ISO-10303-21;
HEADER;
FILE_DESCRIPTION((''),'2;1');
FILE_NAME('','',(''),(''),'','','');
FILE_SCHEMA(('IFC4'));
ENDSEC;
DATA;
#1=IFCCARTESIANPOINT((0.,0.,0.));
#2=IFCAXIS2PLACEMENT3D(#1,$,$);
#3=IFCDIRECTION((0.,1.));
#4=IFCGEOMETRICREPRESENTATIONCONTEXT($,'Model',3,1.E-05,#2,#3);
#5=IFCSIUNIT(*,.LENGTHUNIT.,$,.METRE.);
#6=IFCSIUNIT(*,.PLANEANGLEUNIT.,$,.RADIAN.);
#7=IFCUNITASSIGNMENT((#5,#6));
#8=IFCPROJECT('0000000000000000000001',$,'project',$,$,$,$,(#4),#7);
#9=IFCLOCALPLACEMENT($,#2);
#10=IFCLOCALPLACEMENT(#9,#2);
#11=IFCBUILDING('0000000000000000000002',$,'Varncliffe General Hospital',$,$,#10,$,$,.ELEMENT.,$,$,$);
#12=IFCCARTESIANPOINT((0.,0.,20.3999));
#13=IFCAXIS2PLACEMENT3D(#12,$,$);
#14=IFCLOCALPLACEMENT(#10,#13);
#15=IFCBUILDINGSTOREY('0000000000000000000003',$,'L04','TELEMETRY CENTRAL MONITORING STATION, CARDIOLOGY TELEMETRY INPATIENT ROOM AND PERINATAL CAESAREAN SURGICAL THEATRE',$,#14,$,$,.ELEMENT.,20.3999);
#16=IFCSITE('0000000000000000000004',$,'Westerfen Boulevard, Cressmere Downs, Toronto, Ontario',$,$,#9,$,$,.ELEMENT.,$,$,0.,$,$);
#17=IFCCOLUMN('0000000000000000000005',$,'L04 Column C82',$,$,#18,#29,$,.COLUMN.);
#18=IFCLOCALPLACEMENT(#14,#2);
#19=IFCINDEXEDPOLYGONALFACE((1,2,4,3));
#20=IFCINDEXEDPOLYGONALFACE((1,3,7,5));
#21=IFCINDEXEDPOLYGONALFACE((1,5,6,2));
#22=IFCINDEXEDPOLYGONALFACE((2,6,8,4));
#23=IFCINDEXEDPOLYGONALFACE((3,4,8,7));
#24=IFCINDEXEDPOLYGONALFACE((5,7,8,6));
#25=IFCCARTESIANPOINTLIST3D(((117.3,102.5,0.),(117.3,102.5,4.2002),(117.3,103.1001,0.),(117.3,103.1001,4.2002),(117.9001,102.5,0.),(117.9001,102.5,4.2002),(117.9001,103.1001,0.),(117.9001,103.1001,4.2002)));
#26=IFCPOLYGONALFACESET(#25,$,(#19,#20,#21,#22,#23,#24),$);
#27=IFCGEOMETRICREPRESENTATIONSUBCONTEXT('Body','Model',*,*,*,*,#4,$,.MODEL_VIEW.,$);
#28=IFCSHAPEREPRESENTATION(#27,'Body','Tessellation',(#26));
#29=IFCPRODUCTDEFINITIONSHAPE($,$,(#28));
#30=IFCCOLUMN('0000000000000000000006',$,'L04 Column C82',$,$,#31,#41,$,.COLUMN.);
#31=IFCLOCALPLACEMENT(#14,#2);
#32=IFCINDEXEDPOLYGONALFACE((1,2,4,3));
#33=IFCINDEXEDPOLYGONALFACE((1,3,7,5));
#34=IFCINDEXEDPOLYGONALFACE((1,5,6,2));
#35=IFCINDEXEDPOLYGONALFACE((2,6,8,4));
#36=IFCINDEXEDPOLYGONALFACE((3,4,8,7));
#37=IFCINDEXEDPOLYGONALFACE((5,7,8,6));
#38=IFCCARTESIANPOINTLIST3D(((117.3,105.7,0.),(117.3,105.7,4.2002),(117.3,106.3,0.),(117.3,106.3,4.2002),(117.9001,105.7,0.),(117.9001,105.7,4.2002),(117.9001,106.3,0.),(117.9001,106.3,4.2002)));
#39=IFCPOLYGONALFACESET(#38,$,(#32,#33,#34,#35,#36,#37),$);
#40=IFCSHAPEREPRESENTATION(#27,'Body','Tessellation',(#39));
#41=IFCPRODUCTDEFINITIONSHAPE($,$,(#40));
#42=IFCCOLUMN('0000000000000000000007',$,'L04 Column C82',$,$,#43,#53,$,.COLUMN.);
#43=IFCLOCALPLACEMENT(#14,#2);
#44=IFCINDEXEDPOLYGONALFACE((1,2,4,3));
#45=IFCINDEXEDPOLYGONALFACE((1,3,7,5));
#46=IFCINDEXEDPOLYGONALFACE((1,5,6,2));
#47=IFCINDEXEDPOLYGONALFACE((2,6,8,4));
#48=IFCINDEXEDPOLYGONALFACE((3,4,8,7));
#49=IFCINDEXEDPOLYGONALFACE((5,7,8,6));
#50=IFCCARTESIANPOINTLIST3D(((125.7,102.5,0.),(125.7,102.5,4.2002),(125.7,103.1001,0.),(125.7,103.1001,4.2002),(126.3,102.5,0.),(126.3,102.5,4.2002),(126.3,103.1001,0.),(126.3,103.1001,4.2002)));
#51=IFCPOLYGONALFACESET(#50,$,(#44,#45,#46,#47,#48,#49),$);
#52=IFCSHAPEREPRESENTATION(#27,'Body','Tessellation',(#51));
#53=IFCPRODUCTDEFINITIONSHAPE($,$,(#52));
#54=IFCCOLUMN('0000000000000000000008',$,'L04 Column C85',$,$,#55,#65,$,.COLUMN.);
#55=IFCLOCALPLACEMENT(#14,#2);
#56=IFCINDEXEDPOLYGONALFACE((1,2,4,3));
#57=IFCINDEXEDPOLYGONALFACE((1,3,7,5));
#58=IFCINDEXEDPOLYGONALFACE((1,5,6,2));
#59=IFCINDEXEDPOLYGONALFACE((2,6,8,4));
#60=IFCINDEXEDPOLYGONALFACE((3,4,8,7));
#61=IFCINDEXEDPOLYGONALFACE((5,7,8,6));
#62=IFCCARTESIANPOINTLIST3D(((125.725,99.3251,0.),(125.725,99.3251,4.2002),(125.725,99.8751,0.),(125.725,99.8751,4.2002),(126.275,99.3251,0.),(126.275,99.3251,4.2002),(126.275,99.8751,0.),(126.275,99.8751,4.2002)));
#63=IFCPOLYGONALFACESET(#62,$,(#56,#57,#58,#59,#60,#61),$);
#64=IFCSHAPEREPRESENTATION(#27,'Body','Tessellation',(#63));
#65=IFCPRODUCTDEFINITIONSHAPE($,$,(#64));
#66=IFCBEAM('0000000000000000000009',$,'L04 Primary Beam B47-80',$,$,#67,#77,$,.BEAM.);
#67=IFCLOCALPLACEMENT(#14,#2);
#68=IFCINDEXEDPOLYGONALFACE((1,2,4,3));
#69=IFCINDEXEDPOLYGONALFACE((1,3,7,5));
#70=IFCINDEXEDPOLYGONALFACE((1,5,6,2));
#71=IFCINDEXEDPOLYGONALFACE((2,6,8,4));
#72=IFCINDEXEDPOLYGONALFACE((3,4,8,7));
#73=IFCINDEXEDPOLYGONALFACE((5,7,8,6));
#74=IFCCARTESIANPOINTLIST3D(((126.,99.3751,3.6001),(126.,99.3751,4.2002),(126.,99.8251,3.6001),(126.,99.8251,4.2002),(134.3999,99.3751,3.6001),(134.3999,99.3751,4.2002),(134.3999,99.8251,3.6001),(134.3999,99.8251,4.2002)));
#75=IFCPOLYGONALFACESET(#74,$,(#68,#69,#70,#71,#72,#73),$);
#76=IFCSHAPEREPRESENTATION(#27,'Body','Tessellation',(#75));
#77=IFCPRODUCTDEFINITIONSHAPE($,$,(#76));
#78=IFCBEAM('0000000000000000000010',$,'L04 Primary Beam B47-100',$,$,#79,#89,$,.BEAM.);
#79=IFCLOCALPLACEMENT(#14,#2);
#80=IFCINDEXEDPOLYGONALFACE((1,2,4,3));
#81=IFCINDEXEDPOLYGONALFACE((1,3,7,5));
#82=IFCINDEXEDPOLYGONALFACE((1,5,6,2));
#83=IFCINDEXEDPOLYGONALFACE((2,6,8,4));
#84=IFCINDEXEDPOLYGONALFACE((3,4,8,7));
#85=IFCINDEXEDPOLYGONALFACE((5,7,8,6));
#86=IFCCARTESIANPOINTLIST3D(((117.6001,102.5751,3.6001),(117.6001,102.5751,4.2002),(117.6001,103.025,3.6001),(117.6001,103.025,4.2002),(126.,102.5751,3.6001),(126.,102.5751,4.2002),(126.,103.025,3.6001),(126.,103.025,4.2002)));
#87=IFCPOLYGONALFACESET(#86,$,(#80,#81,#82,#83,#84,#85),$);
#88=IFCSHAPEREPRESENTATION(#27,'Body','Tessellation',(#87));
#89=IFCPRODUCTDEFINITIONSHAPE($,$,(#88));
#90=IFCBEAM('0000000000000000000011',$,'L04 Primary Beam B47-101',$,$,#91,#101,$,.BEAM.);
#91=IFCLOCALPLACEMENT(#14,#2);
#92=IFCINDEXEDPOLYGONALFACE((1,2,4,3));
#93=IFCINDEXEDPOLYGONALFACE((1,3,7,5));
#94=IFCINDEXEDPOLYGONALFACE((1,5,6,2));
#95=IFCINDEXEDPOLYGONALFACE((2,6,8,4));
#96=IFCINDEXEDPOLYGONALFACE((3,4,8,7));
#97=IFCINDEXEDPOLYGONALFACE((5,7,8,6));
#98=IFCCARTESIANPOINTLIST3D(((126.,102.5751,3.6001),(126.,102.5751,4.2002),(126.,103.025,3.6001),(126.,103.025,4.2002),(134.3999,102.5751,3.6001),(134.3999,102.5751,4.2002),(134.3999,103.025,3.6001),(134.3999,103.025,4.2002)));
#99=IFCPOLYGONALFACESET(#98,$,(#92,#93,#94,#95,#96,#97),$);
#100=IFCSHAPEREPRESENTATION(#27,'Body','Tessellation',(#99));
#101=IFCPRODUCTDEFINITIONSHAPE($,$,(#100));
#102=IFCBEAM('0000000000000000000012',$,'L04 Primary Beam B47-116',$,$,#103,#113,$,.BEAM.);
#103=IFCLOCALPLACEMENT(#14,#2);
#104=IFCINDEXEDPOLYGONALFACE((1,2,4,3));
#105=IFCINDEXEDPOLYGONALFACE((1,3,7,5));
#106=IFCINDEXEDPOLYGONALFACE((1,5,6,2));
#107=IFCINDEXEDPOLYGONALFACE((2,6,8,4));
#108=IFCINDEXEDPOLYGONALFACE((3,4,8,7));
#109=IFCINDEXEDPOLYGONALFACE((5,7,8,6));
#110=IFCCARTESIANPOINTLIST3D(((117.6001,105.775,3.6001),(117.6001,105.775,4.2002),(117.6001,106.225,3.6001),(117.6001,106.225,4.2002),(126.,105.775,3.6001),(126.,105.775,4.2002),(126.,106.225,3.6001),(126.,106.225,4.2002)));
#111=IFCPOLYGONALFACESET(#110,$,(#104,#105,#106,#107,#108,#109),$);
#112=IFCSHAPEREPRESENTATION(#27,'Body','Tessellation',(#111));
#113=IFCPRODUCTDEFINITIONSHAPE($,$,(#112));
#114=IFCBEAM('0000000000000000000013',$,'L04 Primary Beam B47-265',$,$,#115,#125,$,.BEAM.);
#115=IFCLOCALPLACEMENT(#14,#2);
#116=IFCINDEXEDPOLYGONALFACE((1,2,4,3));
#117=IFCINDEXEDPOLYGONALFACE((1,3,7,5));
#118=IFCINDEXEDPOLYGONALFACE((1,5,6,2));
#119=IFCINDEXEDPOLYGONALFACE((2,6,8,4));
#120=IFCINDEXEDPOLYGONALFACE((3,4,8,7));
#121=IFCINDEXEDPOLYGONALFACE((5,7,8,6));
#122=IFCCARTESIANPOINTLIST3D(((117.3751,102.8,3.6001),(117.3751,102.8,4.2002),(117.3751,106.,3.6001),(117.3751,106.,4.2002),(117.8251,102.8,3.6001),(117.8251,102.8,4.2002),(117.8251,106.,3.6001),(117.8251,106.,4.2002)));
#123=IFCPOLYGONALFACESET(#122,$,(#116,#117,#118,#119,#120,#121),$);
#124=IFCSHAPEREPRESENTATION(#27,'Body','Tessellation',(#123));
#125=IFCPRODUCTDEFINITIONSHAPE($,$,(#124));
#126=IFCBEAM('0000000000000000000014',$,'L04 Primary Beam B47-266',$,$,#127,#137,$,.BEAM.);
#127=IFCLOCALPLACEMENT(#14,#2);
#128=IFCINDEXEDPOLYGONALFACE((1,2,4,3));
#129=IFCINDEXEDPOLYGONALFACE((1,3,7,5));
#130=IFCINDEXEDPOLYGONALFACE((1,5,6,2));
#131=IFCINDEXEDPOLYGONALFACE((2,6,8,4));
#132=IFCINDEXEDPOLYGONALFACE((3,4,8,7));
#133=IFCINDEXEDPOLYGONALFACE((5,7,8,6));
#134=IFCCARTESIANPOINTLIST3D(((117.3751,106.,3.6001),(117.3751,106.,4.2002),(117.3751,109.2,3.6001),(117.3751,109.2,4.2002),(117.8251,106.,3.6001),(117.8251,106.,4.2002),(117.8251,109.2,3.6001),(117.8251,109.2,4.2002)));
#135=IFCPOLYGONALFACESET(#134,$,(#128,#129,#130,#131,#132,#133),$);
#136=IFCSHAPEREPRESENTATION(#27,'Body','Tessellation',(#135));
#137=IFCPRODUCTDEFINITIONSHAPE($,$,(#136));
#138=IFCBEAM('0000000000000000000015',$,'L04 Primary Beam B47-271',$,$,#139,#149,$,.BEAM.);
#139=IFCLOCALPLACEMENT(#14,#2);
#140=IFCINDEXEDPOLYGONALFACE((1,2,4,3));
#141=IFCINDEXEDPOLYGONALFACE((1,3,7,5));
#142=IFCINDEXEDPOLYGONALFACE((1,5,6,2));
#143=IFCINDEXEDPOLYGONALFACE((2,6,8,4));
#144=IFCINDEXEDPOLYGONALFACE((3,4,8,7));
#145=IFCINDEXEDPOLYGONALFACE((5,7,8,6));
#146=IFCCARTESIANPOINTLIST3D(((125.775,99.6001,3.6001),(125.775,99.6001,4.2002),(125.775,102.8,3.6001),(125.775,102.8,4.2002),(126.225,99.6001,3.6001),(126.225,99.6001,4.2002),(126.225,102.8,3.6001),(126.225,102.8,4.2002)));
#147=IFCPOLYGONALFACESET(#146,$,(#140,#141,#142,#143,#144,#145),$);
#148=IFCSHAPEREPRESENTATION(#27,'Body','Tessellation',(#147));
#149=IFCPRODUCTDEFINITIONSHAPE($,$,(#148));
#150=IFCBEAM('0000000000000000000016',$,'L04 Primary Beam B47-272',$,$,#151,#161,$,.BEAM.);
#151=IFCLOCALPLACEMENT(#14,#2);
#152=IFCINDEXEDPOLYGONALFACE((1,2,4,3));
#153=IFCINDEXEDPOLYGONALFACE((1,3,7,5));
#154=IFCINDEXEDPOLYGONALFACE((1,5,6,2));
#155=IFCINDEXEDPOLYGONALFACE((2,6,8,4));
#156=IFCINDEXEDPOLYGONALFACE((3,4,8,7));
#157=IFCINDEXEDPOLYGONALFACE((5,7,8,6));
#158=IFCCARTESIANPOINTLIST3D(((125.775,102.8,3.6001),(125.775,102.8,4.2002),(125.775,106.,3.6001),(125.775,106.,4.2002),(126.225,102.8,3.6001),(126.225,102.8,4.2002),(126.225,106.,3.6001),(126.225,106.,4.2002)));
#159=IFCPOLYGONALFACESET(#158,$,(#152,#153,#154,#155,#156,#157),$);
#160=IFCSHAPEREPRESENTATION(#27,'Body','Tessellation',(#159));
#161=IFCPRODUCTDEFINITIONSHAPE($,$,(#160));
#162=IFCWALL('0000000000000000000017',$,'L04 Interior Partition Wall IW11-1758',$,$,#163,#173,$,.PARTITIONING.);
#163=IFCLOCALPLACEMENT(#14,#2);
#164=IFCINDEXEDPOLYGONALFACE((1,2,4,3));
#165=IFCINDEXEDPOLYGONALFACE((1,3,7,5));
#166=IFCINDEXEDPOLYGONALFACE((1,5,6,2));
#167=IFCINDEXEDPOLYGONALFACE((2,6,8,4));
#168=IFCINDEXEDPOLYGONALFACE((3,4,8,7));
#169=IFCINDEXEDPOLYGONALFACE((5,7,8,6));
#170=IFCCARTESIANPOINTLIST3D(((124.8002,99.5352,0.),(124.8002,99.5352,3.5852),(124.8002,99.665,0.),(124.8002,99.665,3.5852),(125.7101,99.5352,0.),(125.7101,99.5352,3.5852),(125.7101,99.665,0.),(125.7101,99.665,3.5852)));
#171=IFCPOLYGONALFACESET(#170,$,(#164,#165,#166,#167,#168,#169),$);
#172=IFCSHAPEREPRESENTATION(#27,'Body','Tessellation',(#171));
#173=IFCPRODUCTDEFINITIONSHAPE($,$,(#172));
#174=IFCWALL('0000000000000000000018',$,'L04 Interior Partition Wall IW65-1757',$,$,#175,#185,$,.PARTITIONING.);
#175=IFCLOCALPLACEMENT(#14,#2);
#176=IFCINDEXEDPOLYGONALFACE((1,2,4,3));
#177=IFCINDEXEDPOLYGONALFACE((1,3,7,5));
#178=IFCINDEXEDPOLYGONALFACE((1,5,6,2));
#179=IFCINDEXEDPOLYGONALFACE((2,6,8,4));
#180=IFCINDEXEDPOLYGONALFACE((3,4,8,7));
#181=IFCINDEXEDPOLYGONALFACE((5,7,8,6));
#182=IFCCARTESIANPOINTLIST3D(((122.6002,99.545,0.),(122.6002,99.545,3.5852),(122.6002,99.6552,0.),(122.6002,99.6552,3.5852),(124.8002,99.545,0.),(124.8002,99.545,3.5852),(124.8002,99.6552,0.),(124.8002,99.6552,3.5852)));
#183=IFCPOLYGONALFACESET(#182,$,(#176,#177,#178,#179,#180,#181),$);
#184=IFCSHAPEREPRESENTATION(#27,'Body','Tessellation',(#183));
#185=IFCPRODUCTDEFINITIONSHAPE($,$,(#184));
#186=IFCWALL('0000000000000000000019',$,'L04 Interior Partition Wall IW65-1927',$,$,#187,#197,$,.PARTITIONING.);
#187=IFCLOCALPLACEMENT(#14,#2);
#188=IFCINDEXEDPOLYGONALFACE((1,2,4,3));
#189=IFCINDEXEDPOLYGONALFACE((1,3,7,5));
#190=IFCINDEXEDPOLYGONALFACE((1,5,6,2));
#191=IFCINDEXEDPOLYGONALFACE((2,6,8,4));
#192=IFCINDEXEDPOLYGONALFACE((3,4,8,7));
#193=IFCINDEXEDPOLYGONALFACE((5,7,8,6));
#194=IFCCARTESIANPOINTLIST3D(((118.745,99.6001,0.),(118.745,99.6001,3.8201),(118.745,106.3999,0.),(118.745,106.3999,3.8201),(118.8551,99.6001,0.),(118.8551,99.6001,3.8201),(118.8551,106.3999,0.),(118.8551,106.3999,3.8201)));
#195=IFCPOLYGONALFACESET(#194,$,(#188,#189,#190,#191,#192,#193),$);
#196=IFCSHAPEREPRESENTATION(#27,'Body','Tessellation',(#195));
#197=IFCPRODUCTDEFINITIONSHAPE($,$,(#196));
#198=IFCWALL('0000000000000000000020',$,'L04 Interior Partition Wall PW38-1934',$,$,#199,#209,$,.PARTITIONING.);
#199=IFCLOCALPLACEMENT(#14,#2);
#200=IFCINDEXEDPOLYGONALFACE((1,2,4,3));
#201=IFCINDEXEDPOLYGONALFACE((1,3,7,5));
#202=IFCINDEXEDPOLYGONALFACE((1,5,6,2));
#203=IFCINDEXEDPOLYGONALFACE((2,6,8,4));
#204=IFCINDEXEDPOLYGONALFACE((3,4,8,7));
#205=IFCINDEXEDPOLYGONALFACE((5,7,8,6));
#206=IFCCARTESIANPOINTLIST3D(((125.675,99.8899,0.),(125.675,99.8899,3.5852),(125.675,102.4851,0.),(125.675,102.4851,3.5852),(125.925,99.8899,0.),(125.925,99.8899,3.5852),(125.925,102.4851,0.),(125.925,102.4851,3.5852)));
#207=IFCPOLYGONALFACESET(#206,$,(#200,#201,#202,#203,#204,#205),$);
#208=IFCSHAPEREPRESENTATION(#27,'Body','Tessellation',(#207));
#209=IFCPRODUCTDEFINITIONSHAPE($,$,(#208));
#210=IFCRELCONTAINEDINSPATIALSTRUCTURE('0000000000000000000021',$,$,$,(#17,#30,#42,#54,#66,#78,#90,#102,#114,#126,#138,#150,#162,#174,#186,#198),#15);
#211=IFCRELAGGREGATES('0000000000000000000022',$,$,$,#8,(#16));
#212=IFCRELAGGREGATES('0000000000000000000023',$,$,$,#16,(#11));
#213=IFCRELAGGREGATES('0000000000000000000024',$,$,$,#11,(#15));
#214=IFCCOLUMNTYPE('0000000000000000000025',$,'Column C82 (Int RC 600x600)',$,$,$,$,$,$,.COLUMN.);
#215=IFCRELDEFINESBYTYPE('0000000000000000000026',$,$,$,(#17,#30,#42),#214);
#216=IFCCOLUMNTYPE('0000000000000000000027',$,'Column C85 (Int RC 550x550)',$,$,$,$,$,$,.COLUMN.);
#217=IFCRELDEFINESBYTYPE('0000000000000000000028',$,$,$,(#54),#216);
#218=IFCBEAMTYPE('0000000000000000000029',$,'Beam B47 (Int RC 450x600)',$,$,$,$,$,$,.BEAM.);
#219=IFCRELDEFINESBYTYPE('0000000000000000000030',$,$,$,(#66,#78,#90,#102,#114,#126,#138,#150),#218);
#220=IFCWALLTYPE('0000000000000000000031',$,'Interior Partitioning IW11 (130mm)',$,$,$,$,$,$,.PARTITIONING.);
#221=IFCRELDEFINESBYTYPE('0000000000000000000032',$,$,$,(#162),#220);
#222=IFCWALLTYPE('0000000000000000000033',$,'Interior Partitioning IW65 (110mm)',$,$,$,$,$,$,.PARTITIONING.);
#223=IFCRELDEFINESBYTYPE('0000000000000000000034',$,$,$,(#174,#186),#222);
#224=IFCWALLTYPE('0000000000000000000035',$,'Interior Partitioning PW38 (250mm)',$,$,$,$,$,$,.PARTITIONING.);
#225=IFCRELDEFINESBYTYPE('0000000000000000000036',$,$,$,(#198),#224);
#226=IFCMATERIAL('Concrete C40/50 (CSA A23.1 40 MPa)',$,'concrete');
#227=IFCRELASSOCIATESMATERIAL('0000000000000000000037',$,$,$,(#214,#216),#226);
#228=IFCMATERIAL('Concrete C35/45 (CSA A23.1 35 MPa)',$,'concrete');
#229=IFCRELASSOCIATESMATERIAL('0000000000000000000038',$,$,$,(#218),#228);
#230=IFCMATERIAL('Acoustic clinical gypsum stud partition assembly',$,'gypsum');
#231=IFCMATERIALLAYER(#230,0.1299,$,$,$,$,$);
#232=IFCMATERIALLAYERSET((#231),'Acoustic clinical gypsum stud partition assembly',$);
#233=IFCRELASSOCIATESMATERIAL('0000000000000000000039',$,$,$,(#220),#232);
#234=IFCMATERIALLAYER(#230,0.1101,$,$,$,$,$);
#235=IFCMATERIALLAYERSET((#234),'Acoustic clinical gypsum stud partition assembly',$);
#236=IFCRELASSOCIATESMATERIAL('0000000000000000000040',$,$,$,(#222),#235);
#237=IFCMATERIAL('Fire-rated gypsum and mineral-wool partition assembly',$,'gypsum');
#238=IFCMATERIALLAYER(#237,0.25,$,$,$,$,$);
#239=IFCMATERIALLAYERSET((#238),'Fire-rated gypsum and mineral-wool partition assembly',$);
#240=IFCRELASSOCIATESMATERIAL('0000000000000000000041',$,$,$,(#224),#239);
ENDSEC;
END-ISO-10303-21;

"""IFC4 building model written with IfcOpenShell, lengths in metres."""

from ifc_helpers import new_model, si_unit, direction, frame, frame_2d, origin, origin_2d, place, context, subcontext, project, spatial, rectangle, extrude, material, layer, layer_set, material_profile, profile_set, type_object, element, save


model = new_model("IFC4")

# Units and contexts
model_context = context("Model", 3, precision=1e-05, world=origin(), true_north=direction((0.0, 1.0)))
body_context = subcontext(model_context, "Body", "Model", "MODEL_VIEW")
ifc_project = project(units=[si_unit("LENGTHUNIT", "METRE"), si_unit("PLANEANGLEUNIT", "RADIAN")], contexts=[model_context])

# Site, building, storey
site_placement = place(None, origin())
site = spatial("IfcSite", under=ifc_project, at=site_placement, Name="Westerfen Boulevard, Cressmere Downs, Toronto, Ontario", CompositionType="ELEMENT", RefElevation=0.0)
building_placement = place(site_placement, origin())
building = spatial("IfcBuilding", under=site, at=building_placement, Name="Varncliffe General Hospital", CompositionType="ELEMENT")
storey_placement = place(building_placement, frame((0.0, 0.0, 20.3999)))
storey = spatial("IfcBuildingStorey", under=building, at=storey_placement, Name="L04", Description="TELEMETRY CENTRAL MONITORING STATION, CARDIOLOGY TELEMETRY INPATIENT ROOM AND PERINATAL CAESAREAN SURGICAL THEATRE", CompositionType="ELEMENT", Elevation=20.3999)

# Columns
ifc_material_1 = material(Name="Concrete C40/50 (CSA A23.1 40 MPa)", Category="concrete")
ifc_material_profile_1 = material_profile(ifc_material_1, rectangle(XDim=0.6001, YDim=0.6001, at=origin_2d()), Name="RC 600x600")
ifc_profile_set_1 = profile_set([ifc_material_profile_1], Name="Concrete C40/50 (CSA A23.1 40 MPa)")
column_type_1 = type_object("IfcColumnType", Name="Column C82 (Int RC 600x600)", PredefinedType="COLUMN", material=ifc_profile_set_1)
for number, where, z_axis, x_axis, name in (
    (1, (117.6001, 102.8, 0.0), (0.0, 0.0, 1.0), (1.0, 0.0, 0.0), "L04 Column C82"),
    (2, (117.6001, 106.0, 0.0), (0.0, 0.0, 1.0), (1.0, 0.0, 0.0), "L04 Column C82"),
    (3, (126.0, 102.8, 0.0), (0.0, 0.0, 1.0), (1.0, 0.0, 0.0), "L04 Column C82"),
):
    element("IfcColumn", number, at=place(storey_placement, frame(where, z_axis=z_axis, x_axis=x_axis)), inside=storey, type_object=column_type_1, Name=name, PredefinedType="COLUMN", context=body_context, shape_type="SweptSolid", body=[
        extrude(rectangle(XDim=0.6001, YDim=0.6001, at=origin_2d()), origin(), (0.0, 0.0, 1.0), 4.2002),
    ])
ifc_material_profile_2 = material_profile(ifc_material_1, rectangle(XDim=0.55, YDim=0.55, at=origin_2d()), Name="RC 550x550")
ifc_profile_set_2 = profile_set([ifc_material_profile_2], Name="Concrete C40/50 (CSA A23.1 40 MPa)")
column_type_2 = type_object("IfcColumnType", Name="Column C85 (Int RC 550x550)", PredefinedType="COLUMN", material=ifc_profile_set_2)
column_placement = place(storey_placement, frame((126.0, 99.6001, 0.0), z_axis=(0.0, 0.0, 1.0), x_axis=(1.0, 0.0, 0.0)))
element("IfcColumn", 4, at=column_placement, inside=storey, type_object=column_type_2, Name="L04 Column C85", PredefinedType="COLUMN", context=body_context, shape_type="SweptSolid", body=[
    extrude(rectangle(XDim=0.55, YDim=0.55, at=origin_2d()), origin(), (0.0, 0.0, 1.0), 4.2002),
])

# Beams
ifc_material_2 = material(Name="Concrete C35/45 (CSA A23.1 35 MPa)", Category="concrete")
ifc_material_profile_3 = material_profile(ifc_material_2, rectangle(XDim=0.45, YDim=0.6001, at=origin_2d()), Name="RC 450x600")
ifc_profile_set_3 = profile_set([ifc_material_profile_3], Name="Concrete C35/45 (CSA A23.1 35 MPa)")
beam_type = type_object("IfcBeamType", Name="Beam B47 (Int RC 450x600)", PredefinedType="BEAM", material=ifc_profile_set_3)
for number, where, z_axis, x_axis, name in (
    (5, (126.0, 99.6001, 3.9001), (1.0, 0.0, 0.0), (0.0, 1.0, 0.0), "L04 Primary Beam B47-80"),
    (6, (117.6001, 102.8, 3.9001), (1.0, 0.0, 0.0), (0.0, 1.0, 0.0), "L04 Primary Beam B47-100"),
    (7, (126.0, 102.8, 3.9001), (1.0, 0.0, 0.0), (0.0, 1.0, 0.0), "L04 Primary Beam B47-101"),
    (8, (117.6001, 106.0, 3.9001), (1.0, 0.0, 0.0), (0.0, 1.0, 0.0), "L04 Primary Beam B47-116"),
):
    element("IfcBeam", number, at=place(storey_placement, frame(where, z_axis=z_axis, x_axis=x_axis)), inside=storey, type_object=beam_type, Name=name, PredefinedType="BEAM", context=body_context, shape_type="SweptSolid", body=[
        extrude(rectangle(XDim=0.45, YDim=0.6001, at=origin_2d()), origin(), (0.0, 0.0, 1.0), 8.3999),
    ])
for number, where, z_axis, x_axis, name in (
    (9, (117.6001, 102.8, 3.9001), (0.0, 1.0, 0.0), (-1.0, 0.0, 0.0), "L04 Primary Beam B47-265"),
    (10, (117.6001, 106.0, 3.9001), (0.0, 1.0, 0.0), (-1.0, 0.0, 0.0), "L04 Primary Beam B47-266"),
    (11, (126.0, 99.6001, 3.9001), (0.0, 1.0, 0.0), (-1.0, 0.0, 0.0), "L04 Primary Beam B47-271"),
    (12, (126.0, 102.8, 3.9001), (0.0, 1.0, 0.0), (-1.0, 0.0, 0.0), "L04 Primary Beam B47-272"),
):
    element("IfcBeam", number, at=place(storey_placement, frame(where, z_axis=z_axis, x_axis=x_axis)), inside=storey, type_object=beam_type, Name=name, PredefinedType="BEAM", context=body_context, shape_type="SweptSolid", body=[
        extrude(rectangle(XDim=0.45, YDim=0.6001, at=origin_2d()), origin(), (0.0, 0.0, 1.0), 3.2),
    ])

# Walls
ifc_material_3 = material(Name="Acoustic clinical gypsum stud partition assembly", Category="gypsum")
ifc_layer_1 = layer(ifc_material_3, 0.1299)
ifc_layer_set_1 = layer_set([ifc_layer_1], Name="Acoustic clinical gypsum stud partition assembly")
wall_type_1 = type_object("IfcWallType", Name="Interior Partitioning IW11 (130mm)", PredefinedType="PARTITIONING", material=ifc_layer_set_1)
wall_1_placement = place(storey_placement, frame((124.8, 99.6001, 0.0), z_axis=(0.0, 0.0, 1.0), x_axis=(1.0, 0.0, 0.0)))
element("IfcWall", 13, at=wall_1_placement, inside=storey, type_object=wall_type_1, Name="L04 Interior Partition Wall IW11-1758", PredefinedType="PARTITIONING", context=body_context, shape_type="SweptSolid", body=[
    extrude(rectangle(XDim=0.9099, YDim=0.1299, at=frame_2d((0.4551, 0.0))), origin(), (0.0, 0.0, 1.0), 3.5852),
])
ifc_layer_2 = layer(ifc_material_3, 0.1101)
ifc_layer_set_2 = layer_set([ifc_layer_2], Name="Acoustic clinical gypsum stud partition assembly")
wall_type_2 = type_object("IfcWallType", Name="Interior Partitioning IW65 (110mm)", PredefinedType="PARTITIONING", material=ifc_layer_set_2)
wall_2_placement = place(storey_placement, frame((122.6001, 99.6001, 0.0), z_axis=(0.0, 0.0, 1.0), x_axis=(1.0, 0.0, 0.0)))
element("IfcWall", 14, at=wall_2_placement, inside=storey, type_object=wall_type_2, Name="L04 Interior Partition Wall IW65-1757", PredefinedType="PARTITIONING", context=body_context, shape_type="SweptSolid", body=[
    extrude(rectangle(XDim=2.2, YDim=0.1101, at=frame_2d((1.1001, 0.0))), origin(), (0.0, 0.0, 1.0), 3.5852),
])
wall_3_placement = place(storey_placement, frame((118.8, 99.6001, 0.0), z_axis=(0.0, 0.0, 1.0), x_axis=(0.0, 1.0, 0.0)))
element("IfcWall", 15, at=wall_3_placement, inside=storey, type_object=wall_type_2, Name="L04 Interior Partition Wall IW65-1927", PredefinedType="PARTITIONING", context=body_context, shape_type="SweptSolid", body=[
    extrude(rectangle(XDim=6.7998, YDim=0.1101, at=frame_2d((3.3999, 0.0))), origin(), (0.0, 0.0, 1.0), 3.8201),
])
ifc_material_4 = material(Name="Fire-rated gypsum and mineral-wool partition assembly", Category="gypsum")
ifc_layer_3 = layer(ifc_material_4, 0.25)
ifc_layer_set_3 = layer_set([ifc_layer_3], Name="Fire-rated gypsum and mineral-wool partition assembly")
wall_type_3 = type_object("IfcWallType", Name="Interior Partitioning PW38 (250mm)", PredefinedType="PARTITIONING", material=ifc_layer_set_3)
wall_4_placement = place(storey_placement, frame((125.8, 99.8899, 0.0), z_axis=(0.0, 0.0, 1.0), x_axis=(0.0, 1.0, 0.0)))
element("IfcWall", 16, at=wall_4_placement, inside=storey, type_object=wall_type_3, Name="L04 Interior Partition Wall PW38-1934", PredefinedType="PARTITIONING", context=body_context, shape_type="SweptSolid", body=[
    extrude(rectangle(XDim=2.5952, YDim=0.25, at=frame_2d((1.2976, 0.0))), origin(), (0.0, 0.0, 1.0), 3.5852),
])

save(model, "model.ifc")
